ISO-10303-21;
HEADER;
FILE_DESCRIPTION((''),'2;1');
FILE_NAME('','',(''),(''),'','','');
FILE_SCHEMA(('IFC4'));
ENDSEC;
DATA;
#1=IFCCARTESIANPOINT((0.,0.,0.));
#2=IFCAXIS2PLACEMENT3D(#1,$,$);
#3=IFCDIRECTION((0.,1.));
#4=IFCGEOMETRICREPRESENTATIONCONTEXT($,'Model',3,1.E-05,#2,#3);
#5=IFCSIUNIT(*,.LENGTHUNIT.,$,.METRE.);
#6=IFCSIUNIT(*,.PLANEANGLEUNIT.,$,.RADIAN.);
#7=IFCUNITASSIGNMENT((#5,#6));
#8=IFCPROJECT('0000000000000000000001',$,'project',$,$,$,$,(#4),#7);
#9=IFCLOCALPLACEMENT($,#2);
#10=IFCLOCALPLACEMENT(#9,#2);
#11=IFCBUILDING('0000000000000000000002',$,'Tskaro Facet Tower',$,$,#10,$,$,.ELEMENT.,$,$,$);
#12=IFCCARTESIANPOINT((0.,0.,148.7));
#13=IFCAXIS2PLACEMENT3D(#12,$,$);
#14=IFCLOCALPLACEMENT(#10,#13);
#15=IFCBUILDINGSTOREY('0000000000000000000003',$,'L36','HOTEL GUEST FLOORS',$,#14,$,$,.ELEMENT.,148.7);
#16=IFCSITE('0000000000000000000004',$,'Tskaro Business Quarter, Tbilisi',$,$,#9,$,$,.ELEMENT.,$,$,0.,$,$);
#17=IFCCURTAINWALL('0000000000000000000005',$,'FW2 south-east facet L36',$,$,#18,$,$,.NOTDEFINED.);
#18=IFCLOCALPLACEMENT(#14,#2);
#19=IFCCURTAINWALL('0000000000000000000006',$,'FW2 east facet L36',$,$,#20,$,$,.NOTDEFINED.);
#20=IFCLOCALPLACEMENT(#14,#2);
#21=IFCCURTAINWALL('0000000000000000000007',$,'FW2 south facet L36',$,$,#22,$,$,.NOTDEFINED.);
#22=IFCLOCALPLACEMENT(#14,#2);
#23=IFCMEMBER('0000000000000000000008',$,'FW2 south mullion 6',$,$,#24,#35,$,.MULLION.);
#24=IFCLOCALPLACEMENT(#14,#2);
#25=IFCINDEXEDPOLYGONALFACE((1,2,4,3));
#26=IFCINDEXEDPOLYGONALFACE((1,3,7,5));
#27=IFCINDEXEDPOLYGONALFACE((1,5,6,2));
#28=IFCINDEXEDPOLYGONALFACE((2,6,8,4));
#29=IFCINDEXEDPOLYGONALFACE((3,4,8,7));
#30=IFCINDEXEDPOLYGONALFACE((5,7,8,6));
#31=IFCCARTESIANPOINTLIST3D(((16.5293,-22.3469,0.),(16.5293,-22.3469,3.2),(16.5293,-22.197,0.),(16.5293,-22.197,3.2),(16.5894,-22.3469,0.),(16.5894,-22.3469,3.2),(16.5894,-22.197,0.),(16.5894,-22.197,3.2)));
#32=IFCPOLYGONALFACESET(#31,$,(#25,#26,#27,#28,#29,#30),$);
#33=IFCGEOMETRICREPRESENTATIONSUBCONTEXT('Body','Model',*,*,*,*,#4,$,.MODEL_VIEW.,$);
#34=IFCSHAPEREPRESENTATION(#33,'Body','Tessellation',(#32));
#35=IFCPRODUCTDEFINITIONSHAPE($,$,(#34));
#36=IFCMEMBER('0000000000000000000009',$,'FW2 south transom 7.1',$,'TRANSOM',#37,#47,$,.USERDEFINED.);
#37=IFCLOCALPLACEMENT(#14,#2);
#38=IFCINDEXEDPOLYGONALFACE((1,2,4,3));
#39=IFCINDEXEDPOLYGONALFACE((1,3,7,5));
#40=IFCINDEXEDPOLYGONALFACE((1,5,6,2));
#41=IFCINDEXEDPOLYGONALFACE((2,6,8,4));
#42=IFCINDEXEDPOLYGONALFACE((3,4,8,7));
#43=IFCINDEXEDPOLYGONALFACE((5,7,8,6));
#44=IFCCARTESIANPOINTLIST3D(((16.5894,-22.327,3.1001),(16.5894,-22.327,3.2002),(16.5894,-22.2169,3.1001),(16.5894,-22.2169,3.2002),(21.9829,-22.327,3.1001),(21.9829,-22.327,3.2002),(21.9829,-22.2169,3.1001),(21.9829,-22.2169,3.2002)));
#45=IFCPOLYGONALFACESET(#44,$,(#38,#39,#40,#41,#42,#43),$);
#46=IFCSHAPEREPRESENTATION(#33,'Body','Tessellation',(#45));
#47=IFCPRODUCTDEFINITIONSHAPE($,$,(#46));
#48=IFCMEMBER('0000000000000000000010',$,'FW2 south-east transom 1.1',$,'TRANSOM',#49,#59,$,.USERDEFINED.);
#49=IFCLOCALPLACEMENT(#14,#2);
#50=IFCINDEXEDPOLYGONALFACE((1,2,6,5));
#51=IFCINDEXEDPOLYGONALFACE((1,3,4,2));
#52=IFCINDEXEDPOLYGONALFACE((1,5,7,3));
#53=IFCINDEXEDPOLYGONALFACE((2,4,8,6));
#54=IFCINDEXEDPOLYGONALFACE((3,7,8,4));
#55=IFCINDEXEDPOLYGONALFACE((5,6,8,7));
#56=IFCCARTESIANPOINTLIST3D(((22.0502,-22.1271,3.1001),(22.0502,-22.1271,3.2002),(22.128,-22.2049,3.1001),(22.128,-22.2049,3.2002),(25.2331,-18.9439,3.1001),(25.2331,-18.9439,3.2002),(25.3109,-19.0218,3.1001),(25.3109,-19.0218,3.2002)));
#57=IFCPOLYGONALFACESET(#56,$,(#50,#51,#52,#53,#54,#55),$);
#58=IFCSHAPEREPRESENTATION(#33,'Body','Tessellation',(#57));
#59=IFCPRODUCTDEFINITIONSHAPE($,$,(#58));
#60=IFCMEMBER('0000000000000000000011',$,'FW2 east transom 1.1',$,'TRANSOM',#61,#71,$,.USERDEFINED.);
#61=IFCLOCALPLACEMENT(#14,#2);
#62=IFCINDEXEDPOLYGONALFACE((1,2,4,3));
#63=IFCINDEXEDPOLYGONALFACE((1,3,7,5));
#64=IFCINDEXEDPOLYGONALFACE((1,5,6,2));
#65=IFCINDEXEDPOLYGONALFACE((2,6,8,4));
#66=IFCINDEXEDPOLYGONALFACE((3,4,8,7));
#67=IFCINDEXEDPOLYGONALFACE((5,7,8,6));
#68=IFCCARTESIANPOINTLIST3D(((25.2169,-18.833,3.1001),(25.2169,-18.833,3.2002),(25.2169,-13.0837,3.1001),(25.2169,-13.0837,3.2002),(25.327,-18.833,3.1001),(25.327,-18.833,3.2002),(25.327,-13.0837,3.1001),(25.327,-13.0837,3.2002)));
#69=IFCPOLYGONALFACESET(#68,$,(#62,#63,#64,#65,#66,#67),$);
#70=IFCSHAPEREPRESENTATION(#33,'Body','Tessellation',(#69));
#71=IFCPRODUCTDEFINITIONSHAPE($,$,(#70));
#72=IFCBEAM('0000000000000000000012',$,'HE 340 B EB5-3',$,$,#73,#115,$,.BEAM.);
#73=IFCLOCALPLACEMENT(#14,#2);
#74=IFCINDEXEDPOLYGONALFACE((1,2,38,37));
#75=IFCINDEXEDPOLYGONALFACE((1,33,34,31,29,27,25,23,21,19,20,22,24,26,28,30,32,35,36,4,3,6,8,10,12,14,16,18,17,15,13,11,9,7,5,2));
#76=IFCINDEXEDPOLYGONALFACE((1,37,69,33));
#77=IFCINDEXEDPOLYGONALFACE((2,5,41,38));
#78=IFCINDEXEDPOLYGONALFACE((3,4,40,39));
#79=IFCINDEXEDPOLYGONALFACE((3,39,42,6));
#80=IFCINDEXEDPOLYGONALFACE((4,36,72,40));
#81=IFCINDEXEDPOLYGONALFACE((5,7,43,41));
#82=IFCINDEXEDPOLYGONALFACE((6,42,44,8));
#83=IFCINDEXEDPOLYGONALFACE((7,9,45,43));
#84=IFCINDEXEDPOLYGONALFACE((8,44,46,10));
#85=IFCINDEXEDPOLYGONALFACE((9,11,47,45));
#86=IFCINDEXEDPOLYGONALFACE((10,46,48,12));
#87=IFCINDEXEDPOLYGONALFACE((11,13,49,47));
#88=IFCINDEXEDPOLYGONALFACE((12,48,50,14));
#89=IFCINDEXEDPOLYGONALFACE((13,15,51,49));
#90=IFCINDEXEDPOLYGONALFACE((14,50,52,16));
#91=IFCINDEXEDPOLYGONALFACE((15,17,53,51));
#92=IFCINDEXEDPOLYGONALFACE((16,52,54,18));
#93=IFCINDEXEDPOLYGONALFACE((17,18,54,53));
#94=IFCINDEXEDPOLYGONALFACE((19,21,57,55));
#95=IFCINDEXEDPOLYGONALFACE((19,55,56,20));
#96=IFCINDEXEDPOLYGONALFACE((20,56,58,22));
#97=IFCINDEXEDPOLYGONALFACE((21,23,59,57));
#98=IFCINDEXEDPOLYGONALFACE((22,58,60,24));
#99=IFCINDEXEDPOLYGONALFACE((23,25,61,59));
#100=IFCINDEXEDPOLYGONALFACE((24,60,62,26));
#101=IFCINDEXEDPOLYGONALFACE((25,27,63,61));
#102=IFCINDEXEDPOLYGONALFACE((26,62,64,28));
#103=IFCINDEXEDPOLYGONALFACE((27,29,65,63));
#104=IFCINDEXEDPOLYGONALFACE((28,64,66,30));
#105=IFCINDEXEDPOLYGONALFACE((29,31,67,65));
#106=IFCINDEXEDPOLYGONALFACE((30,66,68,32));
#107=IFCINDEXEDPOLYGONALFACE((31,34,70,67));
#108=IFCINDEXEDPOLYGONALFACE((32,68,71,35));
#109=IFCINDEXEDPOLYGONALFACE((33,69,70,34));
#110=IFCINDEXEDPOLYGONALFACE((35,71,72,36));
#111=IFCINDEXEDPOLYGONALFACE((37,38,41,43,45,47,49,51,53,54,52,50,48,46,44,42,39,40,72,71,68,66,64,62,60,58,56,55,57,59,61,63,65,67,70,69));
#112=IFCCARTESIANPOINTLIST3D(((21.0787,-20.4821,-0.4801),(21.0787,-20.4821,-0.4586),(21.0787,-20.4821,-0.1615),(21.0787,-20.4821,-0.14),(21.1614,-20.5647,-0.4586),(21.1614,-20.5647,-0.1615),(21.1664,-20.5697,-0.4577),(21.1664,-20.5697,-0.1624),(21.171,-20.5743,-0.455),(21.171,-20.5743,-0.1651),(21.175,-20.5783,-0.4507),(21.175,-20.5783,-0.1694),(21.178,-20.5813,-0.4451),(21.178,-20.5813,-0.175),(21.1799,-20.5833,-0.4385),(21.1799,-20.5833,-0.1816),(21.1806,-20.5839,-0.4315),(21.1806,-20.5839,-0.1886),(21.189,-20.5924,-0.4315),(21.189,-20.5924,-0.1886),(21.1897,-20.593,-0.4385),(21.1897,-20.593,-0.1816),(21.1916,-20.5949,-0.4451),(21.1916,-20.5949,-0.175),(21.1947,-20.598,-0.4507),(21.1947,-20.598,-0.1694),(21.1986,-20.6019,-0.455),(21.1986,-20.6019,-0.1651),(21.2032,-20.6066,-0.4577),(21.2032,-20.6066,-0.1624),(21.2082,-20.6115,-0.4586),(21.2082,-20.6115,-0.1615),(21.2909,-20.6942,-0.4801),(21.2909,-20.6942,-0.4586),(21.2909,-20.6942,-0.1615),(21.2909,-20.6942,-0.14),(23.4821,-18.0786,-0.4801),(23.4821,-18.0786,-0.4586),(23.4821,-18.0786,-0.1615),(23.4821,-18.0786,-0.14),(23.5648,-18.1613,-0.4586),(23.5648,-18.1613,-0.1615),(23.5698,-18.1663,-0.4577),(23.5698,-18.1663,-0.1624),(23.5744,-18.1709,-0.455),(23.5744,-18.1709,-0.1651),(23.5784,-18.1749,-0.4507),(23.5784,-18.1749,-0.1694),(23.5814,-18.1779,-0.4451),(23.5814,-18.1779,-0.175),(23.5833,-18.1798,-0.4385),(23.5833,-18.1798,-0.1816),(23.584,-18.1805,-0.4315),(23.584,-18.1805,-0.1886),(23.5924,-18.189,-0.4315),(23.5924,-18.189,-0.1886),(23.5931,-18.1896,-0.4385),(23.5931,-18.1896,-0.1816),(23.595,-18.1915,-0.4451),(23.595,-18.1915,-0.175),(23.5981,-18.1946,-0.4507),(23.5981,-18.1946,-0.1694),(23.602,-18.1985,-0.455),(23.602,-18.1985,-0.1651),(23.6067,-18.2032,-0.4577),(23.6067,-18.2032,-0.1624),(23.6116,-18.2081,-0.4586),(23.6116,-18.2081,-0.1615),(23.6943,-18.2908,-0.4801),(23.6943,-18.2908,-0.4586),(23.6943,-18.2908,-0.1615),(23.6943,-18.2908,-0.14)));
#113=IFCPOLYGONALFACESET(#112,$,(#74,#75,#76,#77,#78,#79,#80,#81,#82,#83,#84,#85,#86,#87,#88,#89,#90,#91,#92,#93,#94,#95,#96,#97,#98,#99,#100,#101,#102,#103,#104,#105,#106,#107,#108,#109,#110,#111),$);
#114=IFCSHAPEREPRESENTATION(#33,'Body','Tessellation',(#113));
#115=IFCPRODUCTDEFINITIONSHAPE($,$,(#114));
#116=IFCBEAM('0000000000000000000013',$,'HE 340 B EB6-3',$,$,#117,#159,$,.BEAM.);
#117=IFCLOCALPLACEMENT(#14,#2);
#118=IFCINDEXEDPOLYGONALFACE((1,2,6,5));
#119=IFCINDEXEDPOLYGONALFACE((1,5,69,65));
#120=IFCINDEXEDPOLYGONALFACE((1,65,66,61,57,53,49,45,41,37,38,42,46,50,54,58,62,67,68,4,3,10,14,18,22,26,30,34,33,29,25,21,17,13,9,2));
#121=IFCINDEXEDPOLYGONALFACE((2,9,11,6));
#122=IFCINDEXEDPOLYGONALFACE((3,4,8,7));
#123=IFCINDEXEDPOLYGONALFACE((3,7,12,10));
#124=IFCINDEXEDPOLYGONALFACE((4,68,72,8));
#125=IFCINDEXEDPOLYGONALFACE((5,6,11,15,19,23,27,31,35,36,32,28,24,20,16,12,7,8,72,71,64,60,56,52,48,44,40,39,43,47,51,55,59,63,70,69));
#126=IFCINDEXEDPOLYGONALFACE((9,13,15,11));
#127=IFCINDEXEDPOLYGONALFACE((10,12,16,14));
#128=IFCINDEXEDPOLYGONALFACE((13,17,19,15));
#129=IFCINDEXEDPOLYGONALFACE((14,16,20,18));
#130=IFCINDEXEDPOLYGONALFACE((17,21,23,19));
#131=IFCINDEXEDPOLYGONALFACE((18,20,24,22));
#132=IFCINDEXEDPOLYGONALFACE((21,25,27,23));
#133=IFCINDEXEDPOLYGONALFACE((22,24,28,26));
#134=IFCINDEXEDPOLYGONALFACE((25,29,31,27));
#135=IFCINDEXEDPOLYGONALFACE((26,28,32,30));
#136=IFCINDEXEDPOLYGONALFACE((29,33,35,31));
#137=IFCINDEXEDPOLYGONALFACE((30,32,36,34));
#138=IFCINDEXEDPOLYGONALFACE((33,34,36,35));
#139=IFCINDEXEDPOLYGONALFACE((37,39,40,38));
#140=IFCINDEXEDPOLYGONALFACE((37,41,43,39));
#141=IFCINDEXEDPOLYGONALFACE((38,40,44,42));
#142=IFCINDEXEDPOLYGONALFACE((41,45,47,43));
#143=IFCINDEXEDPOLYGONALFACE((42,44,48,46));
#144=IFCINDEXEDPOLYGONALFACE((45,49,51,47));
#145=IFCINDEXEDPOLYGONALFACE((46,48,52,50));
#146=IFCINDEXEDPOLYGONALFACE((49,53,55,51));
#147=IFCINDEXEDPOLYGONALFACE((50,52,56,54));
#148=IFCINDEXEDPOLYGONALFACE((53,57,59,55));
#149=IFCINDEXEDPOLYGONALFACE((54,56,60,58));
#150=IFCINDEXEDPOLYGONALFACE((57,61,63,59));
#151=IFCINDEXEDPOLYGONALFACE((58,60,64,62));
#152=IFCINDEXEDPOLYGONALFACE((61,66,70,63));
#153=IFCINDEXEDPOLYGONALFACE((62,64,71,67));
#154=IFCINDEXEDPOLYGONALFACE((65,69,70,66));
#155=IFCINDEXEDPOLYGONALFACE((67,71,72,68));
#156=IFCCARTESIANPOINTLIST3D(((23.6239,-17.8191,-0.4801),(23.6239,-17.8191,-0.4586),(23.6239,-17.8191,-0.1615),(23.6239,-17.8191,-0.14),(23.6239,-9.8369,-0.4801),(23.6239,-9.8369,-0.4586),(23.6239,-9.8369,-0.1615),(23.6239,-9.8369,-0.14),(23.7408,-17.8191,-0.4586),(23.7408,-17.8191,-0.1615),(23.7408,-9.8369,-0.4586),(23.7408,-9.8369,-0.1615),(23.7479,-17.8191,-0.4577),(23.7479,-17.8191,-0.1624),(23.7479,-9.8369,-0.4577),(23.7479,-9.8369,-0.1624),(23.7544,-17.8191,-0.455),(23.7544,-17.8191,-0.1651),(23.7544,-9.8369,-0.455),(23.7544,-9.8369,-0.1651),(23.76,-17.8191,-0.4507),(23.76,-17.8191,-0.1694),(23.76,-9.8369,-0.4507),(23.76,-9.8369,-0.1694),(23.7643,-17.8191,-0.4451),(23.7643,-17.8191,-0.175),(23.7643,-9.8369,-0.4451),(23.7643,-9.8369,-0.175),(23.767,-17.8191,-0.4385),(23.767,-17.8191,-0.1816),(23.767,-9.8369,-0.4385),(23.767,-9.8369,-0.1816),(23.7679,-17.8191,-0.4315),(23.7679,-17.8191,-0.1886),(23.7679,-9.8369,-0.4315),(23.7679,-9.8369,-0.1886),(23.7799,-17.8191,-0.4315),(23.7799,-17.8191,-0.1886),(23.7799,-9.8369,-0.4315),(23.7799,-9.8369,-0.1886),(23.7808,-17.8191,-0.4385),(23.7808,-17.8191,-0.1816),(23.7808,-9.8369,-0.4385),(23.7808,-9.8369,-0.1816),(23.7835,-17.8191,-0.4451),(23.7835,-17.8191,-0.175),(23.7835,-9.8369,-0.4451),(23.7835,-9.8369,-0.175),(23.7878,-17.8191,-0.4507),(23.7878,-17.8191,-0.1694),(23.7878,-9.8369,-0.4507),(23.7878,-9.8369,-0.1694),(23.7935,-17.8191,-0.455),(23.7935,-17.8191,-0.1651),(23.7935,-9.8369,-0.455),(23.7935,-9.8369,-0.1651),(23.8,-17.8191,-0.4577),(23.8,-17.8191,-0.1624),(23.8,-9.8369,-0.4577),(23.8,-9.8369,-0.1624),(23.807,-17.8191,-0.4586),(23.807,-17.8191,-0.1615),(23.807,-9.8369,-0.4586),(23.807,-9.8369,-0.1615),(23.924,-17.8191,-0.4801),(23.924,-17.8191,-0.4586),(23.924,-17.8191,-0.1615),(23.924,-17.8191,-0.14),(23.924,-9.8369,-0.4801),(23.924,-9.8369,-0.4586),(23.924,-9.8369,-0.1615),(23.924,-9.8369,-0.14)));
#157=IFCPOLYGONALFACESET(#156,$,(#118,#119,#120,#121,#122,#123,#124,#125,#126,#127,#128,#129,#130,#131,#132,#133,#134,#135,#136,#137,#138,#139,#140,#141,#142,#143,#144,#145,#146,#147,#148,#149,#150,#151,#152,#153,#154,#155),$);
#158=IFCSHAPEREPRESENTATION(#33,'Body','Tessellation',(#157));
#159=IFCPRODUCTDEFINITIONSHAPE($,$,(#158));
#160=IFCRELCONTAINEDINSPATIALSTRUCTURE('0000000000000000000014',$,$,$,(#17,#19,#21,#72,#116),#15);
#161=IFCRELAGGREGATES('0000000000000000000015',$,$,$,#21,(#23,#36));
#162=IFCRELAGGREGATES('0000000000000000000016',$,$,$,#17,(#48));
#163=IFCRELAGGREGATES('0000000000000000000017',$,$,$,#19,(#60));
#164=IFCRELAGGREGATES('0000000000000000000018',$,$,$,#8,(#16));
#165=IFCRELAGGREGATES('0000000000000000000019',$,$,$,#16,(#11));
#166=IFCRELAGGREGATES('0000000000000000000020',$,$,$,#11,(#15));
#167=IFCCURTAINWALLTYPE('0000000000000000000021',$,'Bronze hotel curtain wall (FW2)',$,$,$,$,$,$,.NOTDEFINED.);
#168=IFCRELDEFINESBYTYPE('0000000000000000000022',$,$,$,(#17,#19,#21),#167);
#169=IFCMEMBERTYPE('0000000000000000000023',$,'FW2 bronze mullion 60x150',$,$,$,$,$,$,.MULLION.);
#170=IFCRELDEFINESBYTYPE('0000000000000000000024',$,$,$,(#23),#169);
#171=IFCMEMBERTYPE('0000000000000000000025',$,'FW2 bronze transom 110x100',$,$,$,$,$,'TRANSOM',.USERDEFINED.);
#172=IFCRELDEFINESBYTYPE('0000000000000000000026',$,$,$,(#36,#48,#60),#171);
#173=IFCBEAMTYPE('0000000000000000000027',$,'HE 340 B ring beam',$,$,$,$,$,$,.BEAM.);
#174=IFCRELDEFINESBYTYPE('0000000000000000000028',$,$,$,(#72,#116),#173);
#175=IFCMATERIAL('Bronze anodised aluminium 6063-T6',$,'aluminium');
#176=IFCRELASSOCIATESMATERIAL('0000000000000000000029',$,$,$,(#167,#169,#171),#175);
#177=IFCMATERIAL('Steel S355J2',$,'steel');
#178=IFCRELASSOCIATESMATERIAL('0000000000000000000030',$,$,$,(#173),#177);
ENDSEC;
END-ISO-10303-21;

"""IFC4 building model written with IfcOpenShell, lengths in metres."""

from ifc_helpers import new_model, si_unit, direction, frame, origin, origin_2d, place, context, subcontext, project, spatial, rectangle, i_section, extrude, material, material_profile, profile_set, type_object, element, aggregate, save


model = new_model("IFC4")

# Units and contexts
model_context = context("Model", 3, precision=1e-05, world=origin(), true_north=direction((0.0, 1.0)))
body_context = subcontext(model_context, "Body", "Model", "MODEL_VIEW")
ifc_project = project(units=[si_unit("LENGTHUNIT", "METRE"), si_unit("PLANEANGLEUNIT", "RADIAN")], contexts=[model_context])

# Site, building, storey
site_placement = place(None, origin())
site = spatial("IfcSite", under=ifc_project, at=site_placement, Name="Tskaro Business Quarter, Tbilisi", CompositionType="ELEMENT", RefElevation=0.0)
building_placement = place(site_placement, origin())
building = spatial("IfcBuilding", under=site, at=building_placement, Name="Tskaro Facet Tower", CompositionType="ELEMENT")
storey_placement = place(building_placement, frame((0.0, 0.0, 148.7)))
storey = spatial("IfcBuildingStorey", under=building, at=storey_placement, Name="L36", Description="HOTEL GUEST FLOORS", CompositionType="ELEMENT", Elevation=148.7)

# Curtain walls
ifc_material_1 = material(Name="Bronze anodised aluminium 6063-T6", Category="aluminium")
curtain_wall_type = type_object("IfcCurtainWallType", Name="Bronze hotel curtain wall (FW2)", PredefinedType="NOTDEFINED", material=ifc_material_1)
curtain_wall_1_placement = place(storey_placement, origin())
curtain_wall_1 = element("IfcCurtainWall", 1, at=curtain_wall_1_placement, inside=storey, type_object=curtain_wall_type, Name="FW2 south-east facet L36", PredefinedType="NOTDEFINED")
curtain_wall_2_placement = place(storey_placement, origin())
curtain_wall_2 = element("IfcCurtainWall", 2, at=curtain_wall_2_placement, inside=storey, type_object=curtain_wall_type, Name="FW2 east facet L36", PredefinedType="NOTDEFINED")

# Curtain wall, members
curtain_wall_3_placement = place(storey_placement, origin())
curtain_wall_3 = element("IfcCurtainWall", 3, at=curtain_wall_3_placement, inside=storey, type_object=curtain_wall_type, Name="FW2 south facet L36", PredefinedType="NOTDEFINED")
ifc_material_profile_1 = material_profile(ifc_material_1, rectangle(XDim=0.0601, YDim=0.1499, at=origin_2d()), Name="Mullion 60x150")
ifc_profile_set_1 = profile_set([ifc_material_profile_1], Name="Bronze anodised aluminium 6063-T6")
member_type_1 = type_object("IfcMemberType", Name="FW2 bronze mullion 60x150", PredefinedType="MULLION", material=ifc_profile_set_1)
member_1_placement = place(storey_placement, frame((16.5593, -22.272, 0.0), z_axis=(0.0, 0.0, 1.0), x_axis=(1.0, 0.0, 0.0)))
member_1 = element("IfcMember", 4, at=member_1_placement, type_object=member_type_1, Name="FW2 south mullion 6", PredefinedType="MULLION", context=body_context, shape_type="SweptSolid", body=[
    extrude(rectangle(XDim=0.0601, YDim=0.1499, at=origin_2d()), origin(), (0.0, 0.0, 1.0), 3.2),
])
ifc_material_profile_2 = material_profile(ifc_material_1, rectangle(XDim=0.1101, YDim=0.1001, at=origin_2d()), Name="Transom 110x100")
ifc_profile_set_2 = profile_set([ifc_material_profile_2], Name="Bronze anodised aluminium 6063-T6")
member_type_2 = type_object("IfcMemberType", Name="FW2 bronze transom 110x100", ElementType="TRANSOM", PredefinedType="USERDEFINED", material=ifc_profile_set_2)
member_2_placement = place(storey_placement, frame((16.5894, -22.272, 3.1501), z_axis=(1.0, 0.0, 0.0), x_axis=(0.0, 1.0, 0.0)))
member_2 = element("IfcMember", 5, at=member_2_placement, type_object=member_type_2, Name="FW2 south transom 7.1", ObjectType="TRANSOM", PredefinedType="USERDEFINED", context=body_context, shape_type="SweptSolid", body=[
    extrude(rectangle(XDim=0.1101, YDim=0.1001, at=origin_2d()), origin(), (0.0, 0.0, 1.0), 5.3936),
])

# Members
member_3_placement = place(storey_placement, frame((22.0891, -22.166, 3.1501), z_axis=(0.70708, 0.707134, 0.0), x_axis=(-0.707134, 0.70708, 0.0)))
member_3 = element("IfcMember", 6, at=member_3_placement, type_object=member_type_2, Name="FW2 south-east transom 1.1", ObjectType="TRANSOM", PredefinedType="USERDEFINED", context=body_context, shape_type="SweptSolid", body=[
    extrude(rectangle(XDim=0.1101, YDim=0.1001, at=origin_2d()), origin(), (0.0, 0.0, 1.0), 4.5015),
])
member_4_placement = place(storey_placement, frame((25.272, -18.833, 3.1501), z_axis=(0.0, 1.0, 0.0), x_axis=(-1.0, 0.0, 0.0)))
member_4 = element("IfcMember", 7, at=member_4_placement, type_object=member_type_2, Name="FW2 east transom 1.1", ObjectType="TRANSOM", PredefinedType="USERDEFINED", context=body_context, shape_type="SweptSolid", body=[
    extrude(rectangle(XDim=0.1101, YDim=0.1001, at=origin_2d()), origin(), (0.0, 0.0, 1.0), 5.7493),
])

# Beams
ifc_material_2 = material(Name="Steel S355J2", Category="steel")
ifc_material_profile_3 = material_profile(ifc_material_2, i_section(OverallWidth=0.3, OverallDepth=0.3401, WebThickness=0.012, FlangeThickness=0.0215, FilletRadius=0.0271, at=origin_2d()), Name="HE 340 B")
ifc_profile_set_3 = profile_set([ifc_material_profile_3], Name="Steel S355J2")
beam_type_1 = type_object("IfcBeamType", Name="HE 340 B ring beam", PredefinedType="BEAM", material=ifc_profile_set_3)
beam_1_placement = place(storey_placement, frame((21.1848, -20.5881, -0.3101), z_axis=(0.707107, 0.707107, 0.0), x_axis=(-0.707107, 0.707107, 0.0)))
element("IfcBeam", 8, at=beam_1_placement, inside=storey, type_object=beam_type_1, Name="HE 340 B EB5-3", PredefinedType="BEAM", context=body_context, shape_type="SweptSolid", body=[
    extrude(i_section(OverallWidth=0.3, OverallDepth=0.3401, WebThickness=0.012, FlangeThickness=0.0215, FilletRadius=0.0271, at=origin_2d()), origin(), (0.0, 0.0, 1.0), 3.3989),
])
beam_2_placement = place(storey_placement, frame((23.7739, -17.8191, -0.3101), z_axis=(0.0, 1.0, 0.0), x_axis=(-1.0, 0.0, 0.0)))
element("IfcBeam", 9, at=beam_2_placement, inside=storey, type_object=beam_type_1, Name="HE 340 B EB6-3", PredefinedType="BEAM", context=body_context, shape_type="SweptSolid", body=[
    extrude(i_section(OverallWidth=0.3, OverallDepth=0.3401, WebThickness=0.012, FlangeThickness=0.0215, FilletRadius=0.0271, at=origin_2d()), origin(), (0.0, 0.0, 1.0), 7.9822),
])

aggregate(curtain_wall_3, [member_1, member_2])
aggregate(curtain_wall_1, [member_3])
aggregate(curtain_wall_2, [member_4])

save(model, "model.ifc")
